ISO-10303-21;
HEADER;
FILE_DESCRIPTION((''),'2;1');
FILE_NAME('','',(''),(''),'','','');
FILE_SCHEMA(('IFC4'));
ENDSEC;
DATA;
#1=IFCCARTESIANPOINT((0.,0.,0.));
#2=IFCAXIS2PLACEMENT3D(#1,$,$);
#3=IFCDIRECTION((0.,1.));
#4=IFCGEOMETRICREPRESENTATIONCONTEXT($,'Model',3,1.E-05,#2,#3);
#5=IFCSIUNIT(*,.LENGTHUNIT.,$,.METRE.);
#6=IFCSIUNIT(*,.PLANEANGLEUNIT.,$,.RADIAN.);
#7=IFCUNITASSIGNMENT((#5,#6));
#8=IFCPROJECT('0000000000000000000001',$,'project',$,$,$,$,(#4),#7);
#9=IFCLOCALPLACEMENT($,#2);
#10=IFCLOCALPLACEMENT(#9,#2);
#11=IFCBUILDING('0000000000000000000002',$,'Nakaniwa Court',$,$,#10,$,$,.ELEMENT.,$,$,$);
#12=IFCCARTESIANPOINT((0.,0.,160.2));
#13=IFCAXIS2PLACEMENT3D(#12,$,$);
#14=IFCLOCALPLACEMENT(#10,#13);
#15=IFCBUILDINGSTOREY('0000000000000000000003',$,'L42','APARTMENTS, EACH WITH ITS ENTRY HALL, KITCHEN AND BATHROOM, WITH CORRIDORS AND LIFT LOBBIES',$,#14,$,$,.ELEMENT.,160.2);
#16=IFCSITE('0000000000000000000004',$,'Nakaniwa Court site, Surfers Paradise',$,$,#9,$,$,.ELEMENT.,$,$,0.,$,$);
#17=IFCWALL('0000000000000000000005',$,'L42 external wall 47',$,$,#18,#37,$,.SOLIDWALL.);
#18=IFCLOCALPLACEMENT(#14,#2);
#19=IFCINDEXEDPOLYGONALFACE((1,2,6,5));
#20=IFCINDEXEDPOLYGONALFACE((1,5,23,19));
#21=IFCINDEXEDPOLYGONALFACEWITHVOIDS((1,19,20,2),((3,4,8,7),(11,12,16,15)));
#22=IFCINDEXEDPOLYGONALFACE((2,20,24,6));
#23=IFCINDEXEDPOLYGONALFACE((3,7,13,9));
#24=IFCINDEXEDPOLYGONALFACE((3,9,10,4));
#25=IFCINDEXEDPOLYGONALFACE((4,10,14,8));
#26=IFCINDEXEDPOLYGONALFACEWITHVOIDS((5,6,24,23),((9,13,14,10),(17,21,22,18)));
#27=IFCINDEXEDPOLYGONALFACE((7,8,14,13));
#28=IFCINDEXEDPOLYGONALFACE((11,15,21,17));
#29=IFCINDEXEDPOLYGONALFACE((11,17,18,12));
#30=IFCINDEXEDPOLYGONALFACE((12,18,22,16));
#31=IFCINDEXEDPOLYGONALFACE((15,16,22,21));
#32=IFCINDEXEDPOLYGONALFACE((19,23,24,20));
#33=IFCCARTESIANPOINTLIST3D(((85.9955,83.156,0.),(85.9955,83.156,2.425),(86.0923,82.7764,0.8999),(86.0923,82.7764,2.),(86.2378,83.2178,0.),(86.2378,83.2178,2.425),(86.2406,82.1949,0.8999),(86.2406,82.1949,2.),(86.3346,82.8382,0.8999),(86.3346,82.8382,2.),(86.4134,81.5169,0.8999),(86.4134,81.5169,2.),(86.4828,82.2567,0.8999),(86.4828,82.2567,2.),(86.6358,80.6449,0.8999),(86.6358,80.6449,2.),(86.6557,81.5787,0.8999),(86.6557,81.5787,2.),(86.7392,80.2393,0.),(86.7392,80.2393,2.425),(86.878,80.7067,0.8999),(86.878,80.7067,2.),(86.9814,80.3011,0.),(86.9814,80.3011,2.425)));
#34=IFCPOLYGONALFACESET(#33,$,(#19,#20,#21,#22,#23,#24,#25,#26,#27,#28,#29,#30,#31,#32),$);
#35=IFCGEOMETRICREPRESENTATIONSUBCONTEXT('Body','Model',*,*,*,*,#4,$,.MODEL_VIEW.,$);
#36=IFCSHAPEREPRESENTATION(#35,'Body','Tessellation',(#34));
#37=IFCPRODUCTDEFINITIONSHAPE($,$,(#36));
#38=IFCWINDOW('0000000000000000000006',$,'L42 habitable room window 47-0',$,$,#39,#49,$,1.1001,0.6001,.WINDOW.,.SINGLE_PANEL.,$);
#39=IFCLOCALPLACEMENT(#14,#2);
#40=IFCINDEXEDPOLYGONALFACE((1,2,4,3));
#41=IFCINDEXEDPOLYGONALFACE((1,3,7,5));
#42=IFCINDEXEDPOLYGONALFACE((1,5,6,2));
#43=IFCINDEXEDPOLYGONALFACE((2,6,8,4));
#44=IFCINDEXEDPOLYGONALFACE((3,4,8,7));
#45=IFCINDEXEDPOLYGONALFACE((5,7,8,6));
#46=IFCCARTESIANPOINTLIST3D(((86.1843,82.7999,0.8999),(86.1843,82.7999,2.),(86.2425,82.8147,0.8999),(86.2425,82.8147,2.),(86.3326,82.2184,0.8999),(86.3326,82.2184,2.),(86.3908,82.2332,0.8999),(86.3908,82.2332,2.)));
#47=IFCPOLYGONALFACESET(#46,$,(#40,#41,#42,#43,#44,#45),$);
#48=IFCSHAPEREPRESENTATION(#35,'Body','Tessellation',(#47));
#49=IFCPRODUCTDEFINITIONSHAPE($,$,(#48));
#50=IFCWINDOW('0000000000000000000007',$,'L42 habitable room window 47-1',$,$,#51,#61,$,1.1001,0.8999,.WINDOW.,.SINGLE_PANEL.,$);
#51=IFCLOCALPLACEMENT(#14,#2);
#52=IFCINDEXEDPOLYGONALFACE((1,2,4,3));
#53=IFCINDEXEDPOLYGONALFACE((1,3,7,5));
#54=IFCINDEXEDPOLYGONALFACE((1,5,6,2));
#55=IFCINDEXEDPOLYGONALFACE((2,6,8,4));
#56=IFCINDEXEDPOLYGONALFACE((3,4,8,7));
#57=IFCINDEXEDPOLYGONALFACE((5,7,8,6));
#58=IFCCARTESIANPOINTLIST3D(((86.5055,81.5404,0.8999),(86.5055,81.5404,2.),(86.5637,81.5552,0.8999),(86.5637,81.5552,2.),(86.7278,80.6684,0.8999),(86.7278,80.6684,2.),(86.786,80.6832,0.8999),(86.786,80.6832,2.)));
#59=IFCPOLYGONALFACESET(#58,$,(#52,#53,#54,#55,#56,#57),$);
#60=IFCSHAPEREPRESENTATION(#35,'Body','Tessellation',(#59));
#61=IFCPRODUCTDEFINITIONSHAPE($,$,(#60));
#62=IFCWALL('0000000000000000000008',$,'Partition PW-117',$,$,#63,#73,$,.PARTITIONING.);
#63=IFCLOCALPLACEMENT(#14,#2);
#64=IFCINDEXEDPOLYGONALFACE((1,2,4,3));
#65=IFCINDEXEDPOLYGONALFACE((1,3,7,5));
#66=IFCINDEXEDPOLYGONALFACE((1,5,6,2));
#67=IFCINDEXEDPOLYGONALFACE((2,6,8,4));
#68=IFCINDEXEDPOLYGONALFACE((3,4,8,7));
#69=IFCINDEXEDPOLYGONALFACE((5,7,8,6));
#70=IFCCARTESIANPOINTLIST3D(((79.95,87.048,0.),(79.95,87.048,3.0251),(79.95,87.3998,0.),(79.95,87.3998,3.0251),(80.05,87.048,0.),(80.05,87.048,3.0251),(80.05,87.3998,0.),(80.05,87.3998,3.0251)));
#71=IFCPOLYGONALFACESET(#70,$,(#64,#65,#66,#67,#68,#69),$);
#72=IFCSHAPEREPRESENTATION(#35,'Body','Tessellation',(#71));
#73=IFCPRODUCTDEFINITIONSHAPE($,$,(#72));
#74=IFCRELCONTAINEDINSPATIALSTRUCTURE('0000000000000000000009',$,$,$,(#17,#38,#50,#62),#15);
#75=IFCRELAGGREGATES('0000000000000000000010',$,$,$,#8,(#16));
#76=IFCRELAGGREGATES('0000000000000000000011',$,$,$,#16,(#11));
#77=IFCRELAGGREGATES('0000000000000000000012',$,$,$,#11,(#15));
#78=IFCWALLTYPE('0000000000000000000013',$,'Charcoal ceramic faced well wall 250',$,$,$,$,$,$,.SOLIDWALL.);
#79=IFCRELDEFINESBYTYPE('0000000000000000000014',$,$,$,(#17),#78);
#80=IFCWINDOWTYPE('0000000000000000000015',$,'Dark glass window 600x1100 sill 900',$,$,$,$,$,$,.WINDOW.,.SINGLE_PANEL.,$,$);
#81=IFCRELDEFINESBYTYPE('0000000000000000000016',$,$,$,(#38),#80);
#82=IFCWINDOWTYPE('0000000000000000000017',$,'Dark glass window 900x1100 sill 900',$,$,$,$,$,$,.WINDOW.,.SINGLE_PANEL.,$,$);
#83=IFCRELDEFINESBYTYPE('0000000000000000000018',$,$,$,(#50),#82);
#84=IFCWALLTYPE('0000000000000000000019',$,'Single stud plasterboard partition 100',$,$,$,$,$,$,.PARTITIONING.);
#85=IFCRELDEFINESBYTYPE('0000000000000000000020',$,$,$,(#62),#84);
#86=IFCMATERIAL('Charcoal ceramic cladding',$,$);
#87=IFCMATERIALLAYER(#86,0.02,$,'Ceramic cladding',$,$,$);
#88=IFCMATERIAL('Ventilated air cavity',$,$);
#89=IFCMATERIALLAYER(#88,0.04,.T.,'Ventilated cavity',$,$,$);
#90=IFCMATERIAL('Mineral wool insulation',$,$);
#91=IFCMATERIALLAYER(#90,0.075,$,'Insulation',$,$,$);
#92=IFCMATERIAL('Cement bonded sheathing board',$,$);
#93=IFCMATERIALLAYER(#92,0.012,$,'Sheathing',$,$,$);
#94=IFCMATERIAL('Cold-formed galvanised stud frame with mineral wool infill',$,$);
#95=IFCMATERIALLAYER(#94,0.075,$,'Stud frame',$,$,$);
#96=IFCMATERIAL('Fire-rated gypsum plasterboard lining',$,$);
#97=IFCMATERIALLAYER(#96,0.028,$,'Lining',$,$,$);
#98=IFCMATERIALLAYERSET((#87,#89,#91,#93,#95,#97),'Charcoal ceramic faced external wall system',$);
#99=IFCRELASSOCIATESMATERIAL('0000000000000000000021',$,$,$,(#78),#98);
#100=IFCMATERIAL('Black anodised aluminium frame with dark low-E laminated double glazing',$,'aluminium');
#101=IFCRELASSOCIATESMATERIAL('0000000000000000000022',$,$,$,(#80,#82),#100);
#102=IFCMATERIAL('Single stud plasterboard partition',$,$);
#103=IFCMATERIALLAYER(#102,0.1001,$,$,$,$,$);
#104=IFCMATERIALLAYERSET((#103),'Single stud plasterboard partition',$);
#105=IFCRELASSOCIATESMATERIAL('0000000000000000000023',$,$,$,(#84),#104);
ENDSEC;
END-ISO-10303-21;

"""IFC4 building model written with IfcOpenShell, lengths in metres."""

from ifc_helpers import new_model, si_unit, direction, frame, frame_2d, origin, place, context, subcontext, project, spatial, rectangle, extrude, material, layer, layer_set, type_object, element, fill, save


model = new_model("IFC4")

# Units and contexts
model_context = context("Model", 3, precision=1e-05, world=origin(), true_north=direction((0.0, 1.0)))
body_context = subcontext(model_context, "Body", "Model", "MODEL_VIEW")
ifc_project = project(units=[si_unit("LENGTHUNIT", "METRE"), si_unit("PLANEANGLEUNIT", "RADIAN")], contexts=[model_context])

# Site, building, storey
site_placement = place(None, origin())
site = spatial("IfcSite", under=ifc_project, at=site_placement, Name="Nakaniwa Court site, Surfers Paradise", CompositionType="ELEMENT", RefElevation=0.0)
building_placement = place(site_placement, origin())
building = spatial("IfcBuilding", under=site, at=building_placement, Name="Nakaniwa Court", CompositionType="ELEMENT")
storey_placement = place(building_placement, frame((0.0, 0.0, 160.2)))
storey = spatial("IfcBuildingStorey", under=building, at=storey_placement, Name="L42", Description="APARTMENTS, EACH WITH ITS ENTRY HALL, KITCHEN AND BATHROOM, WITH CORRIDORS AND LIFT LOBBIES", CompositionType="ELEMENT", Elevation=160.2)

# Shared definitions
ifc_material_1 = material(Name="Charcoal ceramic cladding")
ifc_layer_1 = layer(ifc_material_1, 0.02, Name="Ceramic cladding")
ifc_material_2 = material(Name="Ventilated air cavity")
ifc_layer_2 = layer(ifc_material_2, 0.04, ventilated=True, Name="Ventilated cavity")
ifc_material_3 = material(Name="Mineral wool insulation")
ifc_layer_3 = layer(ifc_material_3, 0.075, Name="Insulation")
ifc_material_4 = material(Name="Cement bonded sheathing board")
ifc_layer_4 = layer(ifc_material_4, 0.012, Name="Sheathing")
ifc_material_5 = material(Name="Cold-formed galvanised stud frame with mineral wool infill")
ifc_layer_5 = layer(ifc_material_5, 0.075, Name="Stud frame")
ifc_material_6 = material(Name="Fire-rated gypsum plasterboard lining")
ifc_layer_6 = layer(ifc_material_6, 0.028, Name="Lining")
ifc_layer_set_1 = layer_set([ifc_layer_1, ifc_layer_2, ifc_layer_3, ifc_layer_4, ifc_layer_5, ifc_layer_6], Name="Charcoal ceramic faced external wall system")
wall_type_1 = type_object("IfcWallType", Name="Charcoal ceramic faced well wall 250", PredefinedType="SOLIDWALL", material=ifc_layer_set_1)
ifc_material_7 = material(Name="Black anodised aluminium frame with dark low-E laminated double glazing", Category="aluminium")

# Wall, openings, windows
wall_1_placement = place(storey_placement, frame((86.1167, 83.1868, 0.0), z_axis=(0.0, 0.0, 1.0), x_axis=(0.247056, -0.969001, 0.0)))
wall_1 = element("IfcWall", 1, at=wall_1_placement, inside=storey, type_object=wall_type_1, Name="L42 external wall 47", PredefinedType="SOLIDWALL", context=body_context, shape_type="SweptSolid", body=[
    extrude(rectangle(XDim=3.01, YDim=0.25, at=frame_2d((1.5049, 0.0))), origin(), (0.0, 0.0, 1.0), 2.425),
])
opening_1_placement = place(wall_1_placement, frame((0.3916, 0.0, 0.8999)))
opening_1 = element("IfcOpeningElement", 2, at=opening_1_placement, cuts=wall_1, PredefinedType="OPENING", context=body_context, shape_type="SweptSolid", body=[
    extrude(rectangle(XDim=0.6001, YDim=1.1001, at=frame_2d((0.3, 0.55))), frame((0.0, 0.135, 0.0), z_axis=(0.0, -1.0, 0.0), x_axis=(1.0, 0.0, 0.0)), (0.0, 0.0, 1.0), 0.27),
])
opening_2_placement = place(wall_1_placement, frame((1.6914, 0.0, 0.8999)))
opening_2 = element("IfcOpeningElement", 3, at=opening_2_placement, cuts=wall_1, PredefinedType="OPENING", context=body_context, shape_type="SweptSolid", body=[
    extrude(rectangle(XDim=0.8999, YDim=1.1001, at=frame_2d((0.45, 0.55))), frame((0.0, 0.135, 0.0), z_axis=(0.0, -1.0, 0.0), x_axis=(1.0, 0.0, 0.0)), (0.0, 0.0, 1.0), 0.27),
])
window_type_1 = type_object("IfcWindowType", Name="Dark glass window 600x1100 sill 900", PartitioningType="SINGLE_PANEL", PredefinedType="WINDOW", material=ifc_material_7)
window_1_placement = place(opening_1_placement, origin())
window_1 = element("IfcWindow", 4, at=window_1_placement, inside=storey, type_object=window_type_1, Name="L42 habitable room window 47-0", OverallHeight=1.1001, OverallWidth=0.6001, PartitioningType="SINGLE_PANEL", PredefinedType="WINDOW", context=body_context, shape_type="SweptSolid", body=[
    extrude(rectangle(XDim=0.6001, YDim=1.1001, at=frame_2d((0.3, 0.55))), frame((0.0, 0.03, 0.0), z_axis=(0.0, -1.0, 0.0), x_axis=(1.0, 0.0, 0.0)), (0.0, 0.0, 1.0), 0.0601),
])
fill(opening_1, window_1)
window_type_2 = type_object("IfcWindowType", Name="Dark glass window 900x1100 sill 900", PartitioningType="SINGLE_PANEL", PredefinedType="WINDOW", material=ifc_material_7)
window_2_placement = place(opening_2_placement, origin())
window_2 = element("IfcWindow", 5, at=window_2_placement, inside=storey, type_object=window_type_2, Name="L42 habitable room window 47-1", OverallHeight=1.1001, OverallWidth=0.8999, PartitioningType="SINGLE_PANEL", PredefinedType="WINDOW", context=body_context, shape_type="SweptSolid", body=[
    extrude(rectangle(XDim=0.8999, YDim=1.1001, at=frame_2d((0.45, 0.55))), frame((0.0, 0.03, 0.0), z_axis=(0.0, -1.0, 0.0), x_axis=(1.0, 0.0, 0.0)), (0.0, 0.0, 1.0), 0.0601),
])
fill(opening_2, window_2)

# Wall
ifc_material_8 = material(Name="Single stud plasterboard partition")
ifc_layer_7 = layer(ifc_material_8, 0.1001)
ifc_layer_set_2 = layer_set([ifc_layer_7], Name="Single stud plasterboard partition")
wall_type_2 = type_object("IfcWallType", Name="Single stud plasterboard partition 100", PredefinedType="PARTITIONING", material=ifc_layer_set_2)
wall_2_placement = place(storey_placement, frame((80.0, 87.0481, 0.0), z_axis=(0.0, 0.0, 1.0), x_axis=(0.0, 1.0, 0.0)))
element("IfcWall", 6, at=wall_2_placement, inside=storey, type_object=wall_type_2, Name="Partition PW-117", PredefinedType="PARTITIONING", context=body_context, shape_type="SweptSolid", body=[
    extrude(rectangle(XDim=0.3518, YDim=0.1001, at=frame_2d((0.1758, 0.0))), origin(), (0.0, 0.0, 1.0), 3.0251),
])

save(model, "model.ifc")
